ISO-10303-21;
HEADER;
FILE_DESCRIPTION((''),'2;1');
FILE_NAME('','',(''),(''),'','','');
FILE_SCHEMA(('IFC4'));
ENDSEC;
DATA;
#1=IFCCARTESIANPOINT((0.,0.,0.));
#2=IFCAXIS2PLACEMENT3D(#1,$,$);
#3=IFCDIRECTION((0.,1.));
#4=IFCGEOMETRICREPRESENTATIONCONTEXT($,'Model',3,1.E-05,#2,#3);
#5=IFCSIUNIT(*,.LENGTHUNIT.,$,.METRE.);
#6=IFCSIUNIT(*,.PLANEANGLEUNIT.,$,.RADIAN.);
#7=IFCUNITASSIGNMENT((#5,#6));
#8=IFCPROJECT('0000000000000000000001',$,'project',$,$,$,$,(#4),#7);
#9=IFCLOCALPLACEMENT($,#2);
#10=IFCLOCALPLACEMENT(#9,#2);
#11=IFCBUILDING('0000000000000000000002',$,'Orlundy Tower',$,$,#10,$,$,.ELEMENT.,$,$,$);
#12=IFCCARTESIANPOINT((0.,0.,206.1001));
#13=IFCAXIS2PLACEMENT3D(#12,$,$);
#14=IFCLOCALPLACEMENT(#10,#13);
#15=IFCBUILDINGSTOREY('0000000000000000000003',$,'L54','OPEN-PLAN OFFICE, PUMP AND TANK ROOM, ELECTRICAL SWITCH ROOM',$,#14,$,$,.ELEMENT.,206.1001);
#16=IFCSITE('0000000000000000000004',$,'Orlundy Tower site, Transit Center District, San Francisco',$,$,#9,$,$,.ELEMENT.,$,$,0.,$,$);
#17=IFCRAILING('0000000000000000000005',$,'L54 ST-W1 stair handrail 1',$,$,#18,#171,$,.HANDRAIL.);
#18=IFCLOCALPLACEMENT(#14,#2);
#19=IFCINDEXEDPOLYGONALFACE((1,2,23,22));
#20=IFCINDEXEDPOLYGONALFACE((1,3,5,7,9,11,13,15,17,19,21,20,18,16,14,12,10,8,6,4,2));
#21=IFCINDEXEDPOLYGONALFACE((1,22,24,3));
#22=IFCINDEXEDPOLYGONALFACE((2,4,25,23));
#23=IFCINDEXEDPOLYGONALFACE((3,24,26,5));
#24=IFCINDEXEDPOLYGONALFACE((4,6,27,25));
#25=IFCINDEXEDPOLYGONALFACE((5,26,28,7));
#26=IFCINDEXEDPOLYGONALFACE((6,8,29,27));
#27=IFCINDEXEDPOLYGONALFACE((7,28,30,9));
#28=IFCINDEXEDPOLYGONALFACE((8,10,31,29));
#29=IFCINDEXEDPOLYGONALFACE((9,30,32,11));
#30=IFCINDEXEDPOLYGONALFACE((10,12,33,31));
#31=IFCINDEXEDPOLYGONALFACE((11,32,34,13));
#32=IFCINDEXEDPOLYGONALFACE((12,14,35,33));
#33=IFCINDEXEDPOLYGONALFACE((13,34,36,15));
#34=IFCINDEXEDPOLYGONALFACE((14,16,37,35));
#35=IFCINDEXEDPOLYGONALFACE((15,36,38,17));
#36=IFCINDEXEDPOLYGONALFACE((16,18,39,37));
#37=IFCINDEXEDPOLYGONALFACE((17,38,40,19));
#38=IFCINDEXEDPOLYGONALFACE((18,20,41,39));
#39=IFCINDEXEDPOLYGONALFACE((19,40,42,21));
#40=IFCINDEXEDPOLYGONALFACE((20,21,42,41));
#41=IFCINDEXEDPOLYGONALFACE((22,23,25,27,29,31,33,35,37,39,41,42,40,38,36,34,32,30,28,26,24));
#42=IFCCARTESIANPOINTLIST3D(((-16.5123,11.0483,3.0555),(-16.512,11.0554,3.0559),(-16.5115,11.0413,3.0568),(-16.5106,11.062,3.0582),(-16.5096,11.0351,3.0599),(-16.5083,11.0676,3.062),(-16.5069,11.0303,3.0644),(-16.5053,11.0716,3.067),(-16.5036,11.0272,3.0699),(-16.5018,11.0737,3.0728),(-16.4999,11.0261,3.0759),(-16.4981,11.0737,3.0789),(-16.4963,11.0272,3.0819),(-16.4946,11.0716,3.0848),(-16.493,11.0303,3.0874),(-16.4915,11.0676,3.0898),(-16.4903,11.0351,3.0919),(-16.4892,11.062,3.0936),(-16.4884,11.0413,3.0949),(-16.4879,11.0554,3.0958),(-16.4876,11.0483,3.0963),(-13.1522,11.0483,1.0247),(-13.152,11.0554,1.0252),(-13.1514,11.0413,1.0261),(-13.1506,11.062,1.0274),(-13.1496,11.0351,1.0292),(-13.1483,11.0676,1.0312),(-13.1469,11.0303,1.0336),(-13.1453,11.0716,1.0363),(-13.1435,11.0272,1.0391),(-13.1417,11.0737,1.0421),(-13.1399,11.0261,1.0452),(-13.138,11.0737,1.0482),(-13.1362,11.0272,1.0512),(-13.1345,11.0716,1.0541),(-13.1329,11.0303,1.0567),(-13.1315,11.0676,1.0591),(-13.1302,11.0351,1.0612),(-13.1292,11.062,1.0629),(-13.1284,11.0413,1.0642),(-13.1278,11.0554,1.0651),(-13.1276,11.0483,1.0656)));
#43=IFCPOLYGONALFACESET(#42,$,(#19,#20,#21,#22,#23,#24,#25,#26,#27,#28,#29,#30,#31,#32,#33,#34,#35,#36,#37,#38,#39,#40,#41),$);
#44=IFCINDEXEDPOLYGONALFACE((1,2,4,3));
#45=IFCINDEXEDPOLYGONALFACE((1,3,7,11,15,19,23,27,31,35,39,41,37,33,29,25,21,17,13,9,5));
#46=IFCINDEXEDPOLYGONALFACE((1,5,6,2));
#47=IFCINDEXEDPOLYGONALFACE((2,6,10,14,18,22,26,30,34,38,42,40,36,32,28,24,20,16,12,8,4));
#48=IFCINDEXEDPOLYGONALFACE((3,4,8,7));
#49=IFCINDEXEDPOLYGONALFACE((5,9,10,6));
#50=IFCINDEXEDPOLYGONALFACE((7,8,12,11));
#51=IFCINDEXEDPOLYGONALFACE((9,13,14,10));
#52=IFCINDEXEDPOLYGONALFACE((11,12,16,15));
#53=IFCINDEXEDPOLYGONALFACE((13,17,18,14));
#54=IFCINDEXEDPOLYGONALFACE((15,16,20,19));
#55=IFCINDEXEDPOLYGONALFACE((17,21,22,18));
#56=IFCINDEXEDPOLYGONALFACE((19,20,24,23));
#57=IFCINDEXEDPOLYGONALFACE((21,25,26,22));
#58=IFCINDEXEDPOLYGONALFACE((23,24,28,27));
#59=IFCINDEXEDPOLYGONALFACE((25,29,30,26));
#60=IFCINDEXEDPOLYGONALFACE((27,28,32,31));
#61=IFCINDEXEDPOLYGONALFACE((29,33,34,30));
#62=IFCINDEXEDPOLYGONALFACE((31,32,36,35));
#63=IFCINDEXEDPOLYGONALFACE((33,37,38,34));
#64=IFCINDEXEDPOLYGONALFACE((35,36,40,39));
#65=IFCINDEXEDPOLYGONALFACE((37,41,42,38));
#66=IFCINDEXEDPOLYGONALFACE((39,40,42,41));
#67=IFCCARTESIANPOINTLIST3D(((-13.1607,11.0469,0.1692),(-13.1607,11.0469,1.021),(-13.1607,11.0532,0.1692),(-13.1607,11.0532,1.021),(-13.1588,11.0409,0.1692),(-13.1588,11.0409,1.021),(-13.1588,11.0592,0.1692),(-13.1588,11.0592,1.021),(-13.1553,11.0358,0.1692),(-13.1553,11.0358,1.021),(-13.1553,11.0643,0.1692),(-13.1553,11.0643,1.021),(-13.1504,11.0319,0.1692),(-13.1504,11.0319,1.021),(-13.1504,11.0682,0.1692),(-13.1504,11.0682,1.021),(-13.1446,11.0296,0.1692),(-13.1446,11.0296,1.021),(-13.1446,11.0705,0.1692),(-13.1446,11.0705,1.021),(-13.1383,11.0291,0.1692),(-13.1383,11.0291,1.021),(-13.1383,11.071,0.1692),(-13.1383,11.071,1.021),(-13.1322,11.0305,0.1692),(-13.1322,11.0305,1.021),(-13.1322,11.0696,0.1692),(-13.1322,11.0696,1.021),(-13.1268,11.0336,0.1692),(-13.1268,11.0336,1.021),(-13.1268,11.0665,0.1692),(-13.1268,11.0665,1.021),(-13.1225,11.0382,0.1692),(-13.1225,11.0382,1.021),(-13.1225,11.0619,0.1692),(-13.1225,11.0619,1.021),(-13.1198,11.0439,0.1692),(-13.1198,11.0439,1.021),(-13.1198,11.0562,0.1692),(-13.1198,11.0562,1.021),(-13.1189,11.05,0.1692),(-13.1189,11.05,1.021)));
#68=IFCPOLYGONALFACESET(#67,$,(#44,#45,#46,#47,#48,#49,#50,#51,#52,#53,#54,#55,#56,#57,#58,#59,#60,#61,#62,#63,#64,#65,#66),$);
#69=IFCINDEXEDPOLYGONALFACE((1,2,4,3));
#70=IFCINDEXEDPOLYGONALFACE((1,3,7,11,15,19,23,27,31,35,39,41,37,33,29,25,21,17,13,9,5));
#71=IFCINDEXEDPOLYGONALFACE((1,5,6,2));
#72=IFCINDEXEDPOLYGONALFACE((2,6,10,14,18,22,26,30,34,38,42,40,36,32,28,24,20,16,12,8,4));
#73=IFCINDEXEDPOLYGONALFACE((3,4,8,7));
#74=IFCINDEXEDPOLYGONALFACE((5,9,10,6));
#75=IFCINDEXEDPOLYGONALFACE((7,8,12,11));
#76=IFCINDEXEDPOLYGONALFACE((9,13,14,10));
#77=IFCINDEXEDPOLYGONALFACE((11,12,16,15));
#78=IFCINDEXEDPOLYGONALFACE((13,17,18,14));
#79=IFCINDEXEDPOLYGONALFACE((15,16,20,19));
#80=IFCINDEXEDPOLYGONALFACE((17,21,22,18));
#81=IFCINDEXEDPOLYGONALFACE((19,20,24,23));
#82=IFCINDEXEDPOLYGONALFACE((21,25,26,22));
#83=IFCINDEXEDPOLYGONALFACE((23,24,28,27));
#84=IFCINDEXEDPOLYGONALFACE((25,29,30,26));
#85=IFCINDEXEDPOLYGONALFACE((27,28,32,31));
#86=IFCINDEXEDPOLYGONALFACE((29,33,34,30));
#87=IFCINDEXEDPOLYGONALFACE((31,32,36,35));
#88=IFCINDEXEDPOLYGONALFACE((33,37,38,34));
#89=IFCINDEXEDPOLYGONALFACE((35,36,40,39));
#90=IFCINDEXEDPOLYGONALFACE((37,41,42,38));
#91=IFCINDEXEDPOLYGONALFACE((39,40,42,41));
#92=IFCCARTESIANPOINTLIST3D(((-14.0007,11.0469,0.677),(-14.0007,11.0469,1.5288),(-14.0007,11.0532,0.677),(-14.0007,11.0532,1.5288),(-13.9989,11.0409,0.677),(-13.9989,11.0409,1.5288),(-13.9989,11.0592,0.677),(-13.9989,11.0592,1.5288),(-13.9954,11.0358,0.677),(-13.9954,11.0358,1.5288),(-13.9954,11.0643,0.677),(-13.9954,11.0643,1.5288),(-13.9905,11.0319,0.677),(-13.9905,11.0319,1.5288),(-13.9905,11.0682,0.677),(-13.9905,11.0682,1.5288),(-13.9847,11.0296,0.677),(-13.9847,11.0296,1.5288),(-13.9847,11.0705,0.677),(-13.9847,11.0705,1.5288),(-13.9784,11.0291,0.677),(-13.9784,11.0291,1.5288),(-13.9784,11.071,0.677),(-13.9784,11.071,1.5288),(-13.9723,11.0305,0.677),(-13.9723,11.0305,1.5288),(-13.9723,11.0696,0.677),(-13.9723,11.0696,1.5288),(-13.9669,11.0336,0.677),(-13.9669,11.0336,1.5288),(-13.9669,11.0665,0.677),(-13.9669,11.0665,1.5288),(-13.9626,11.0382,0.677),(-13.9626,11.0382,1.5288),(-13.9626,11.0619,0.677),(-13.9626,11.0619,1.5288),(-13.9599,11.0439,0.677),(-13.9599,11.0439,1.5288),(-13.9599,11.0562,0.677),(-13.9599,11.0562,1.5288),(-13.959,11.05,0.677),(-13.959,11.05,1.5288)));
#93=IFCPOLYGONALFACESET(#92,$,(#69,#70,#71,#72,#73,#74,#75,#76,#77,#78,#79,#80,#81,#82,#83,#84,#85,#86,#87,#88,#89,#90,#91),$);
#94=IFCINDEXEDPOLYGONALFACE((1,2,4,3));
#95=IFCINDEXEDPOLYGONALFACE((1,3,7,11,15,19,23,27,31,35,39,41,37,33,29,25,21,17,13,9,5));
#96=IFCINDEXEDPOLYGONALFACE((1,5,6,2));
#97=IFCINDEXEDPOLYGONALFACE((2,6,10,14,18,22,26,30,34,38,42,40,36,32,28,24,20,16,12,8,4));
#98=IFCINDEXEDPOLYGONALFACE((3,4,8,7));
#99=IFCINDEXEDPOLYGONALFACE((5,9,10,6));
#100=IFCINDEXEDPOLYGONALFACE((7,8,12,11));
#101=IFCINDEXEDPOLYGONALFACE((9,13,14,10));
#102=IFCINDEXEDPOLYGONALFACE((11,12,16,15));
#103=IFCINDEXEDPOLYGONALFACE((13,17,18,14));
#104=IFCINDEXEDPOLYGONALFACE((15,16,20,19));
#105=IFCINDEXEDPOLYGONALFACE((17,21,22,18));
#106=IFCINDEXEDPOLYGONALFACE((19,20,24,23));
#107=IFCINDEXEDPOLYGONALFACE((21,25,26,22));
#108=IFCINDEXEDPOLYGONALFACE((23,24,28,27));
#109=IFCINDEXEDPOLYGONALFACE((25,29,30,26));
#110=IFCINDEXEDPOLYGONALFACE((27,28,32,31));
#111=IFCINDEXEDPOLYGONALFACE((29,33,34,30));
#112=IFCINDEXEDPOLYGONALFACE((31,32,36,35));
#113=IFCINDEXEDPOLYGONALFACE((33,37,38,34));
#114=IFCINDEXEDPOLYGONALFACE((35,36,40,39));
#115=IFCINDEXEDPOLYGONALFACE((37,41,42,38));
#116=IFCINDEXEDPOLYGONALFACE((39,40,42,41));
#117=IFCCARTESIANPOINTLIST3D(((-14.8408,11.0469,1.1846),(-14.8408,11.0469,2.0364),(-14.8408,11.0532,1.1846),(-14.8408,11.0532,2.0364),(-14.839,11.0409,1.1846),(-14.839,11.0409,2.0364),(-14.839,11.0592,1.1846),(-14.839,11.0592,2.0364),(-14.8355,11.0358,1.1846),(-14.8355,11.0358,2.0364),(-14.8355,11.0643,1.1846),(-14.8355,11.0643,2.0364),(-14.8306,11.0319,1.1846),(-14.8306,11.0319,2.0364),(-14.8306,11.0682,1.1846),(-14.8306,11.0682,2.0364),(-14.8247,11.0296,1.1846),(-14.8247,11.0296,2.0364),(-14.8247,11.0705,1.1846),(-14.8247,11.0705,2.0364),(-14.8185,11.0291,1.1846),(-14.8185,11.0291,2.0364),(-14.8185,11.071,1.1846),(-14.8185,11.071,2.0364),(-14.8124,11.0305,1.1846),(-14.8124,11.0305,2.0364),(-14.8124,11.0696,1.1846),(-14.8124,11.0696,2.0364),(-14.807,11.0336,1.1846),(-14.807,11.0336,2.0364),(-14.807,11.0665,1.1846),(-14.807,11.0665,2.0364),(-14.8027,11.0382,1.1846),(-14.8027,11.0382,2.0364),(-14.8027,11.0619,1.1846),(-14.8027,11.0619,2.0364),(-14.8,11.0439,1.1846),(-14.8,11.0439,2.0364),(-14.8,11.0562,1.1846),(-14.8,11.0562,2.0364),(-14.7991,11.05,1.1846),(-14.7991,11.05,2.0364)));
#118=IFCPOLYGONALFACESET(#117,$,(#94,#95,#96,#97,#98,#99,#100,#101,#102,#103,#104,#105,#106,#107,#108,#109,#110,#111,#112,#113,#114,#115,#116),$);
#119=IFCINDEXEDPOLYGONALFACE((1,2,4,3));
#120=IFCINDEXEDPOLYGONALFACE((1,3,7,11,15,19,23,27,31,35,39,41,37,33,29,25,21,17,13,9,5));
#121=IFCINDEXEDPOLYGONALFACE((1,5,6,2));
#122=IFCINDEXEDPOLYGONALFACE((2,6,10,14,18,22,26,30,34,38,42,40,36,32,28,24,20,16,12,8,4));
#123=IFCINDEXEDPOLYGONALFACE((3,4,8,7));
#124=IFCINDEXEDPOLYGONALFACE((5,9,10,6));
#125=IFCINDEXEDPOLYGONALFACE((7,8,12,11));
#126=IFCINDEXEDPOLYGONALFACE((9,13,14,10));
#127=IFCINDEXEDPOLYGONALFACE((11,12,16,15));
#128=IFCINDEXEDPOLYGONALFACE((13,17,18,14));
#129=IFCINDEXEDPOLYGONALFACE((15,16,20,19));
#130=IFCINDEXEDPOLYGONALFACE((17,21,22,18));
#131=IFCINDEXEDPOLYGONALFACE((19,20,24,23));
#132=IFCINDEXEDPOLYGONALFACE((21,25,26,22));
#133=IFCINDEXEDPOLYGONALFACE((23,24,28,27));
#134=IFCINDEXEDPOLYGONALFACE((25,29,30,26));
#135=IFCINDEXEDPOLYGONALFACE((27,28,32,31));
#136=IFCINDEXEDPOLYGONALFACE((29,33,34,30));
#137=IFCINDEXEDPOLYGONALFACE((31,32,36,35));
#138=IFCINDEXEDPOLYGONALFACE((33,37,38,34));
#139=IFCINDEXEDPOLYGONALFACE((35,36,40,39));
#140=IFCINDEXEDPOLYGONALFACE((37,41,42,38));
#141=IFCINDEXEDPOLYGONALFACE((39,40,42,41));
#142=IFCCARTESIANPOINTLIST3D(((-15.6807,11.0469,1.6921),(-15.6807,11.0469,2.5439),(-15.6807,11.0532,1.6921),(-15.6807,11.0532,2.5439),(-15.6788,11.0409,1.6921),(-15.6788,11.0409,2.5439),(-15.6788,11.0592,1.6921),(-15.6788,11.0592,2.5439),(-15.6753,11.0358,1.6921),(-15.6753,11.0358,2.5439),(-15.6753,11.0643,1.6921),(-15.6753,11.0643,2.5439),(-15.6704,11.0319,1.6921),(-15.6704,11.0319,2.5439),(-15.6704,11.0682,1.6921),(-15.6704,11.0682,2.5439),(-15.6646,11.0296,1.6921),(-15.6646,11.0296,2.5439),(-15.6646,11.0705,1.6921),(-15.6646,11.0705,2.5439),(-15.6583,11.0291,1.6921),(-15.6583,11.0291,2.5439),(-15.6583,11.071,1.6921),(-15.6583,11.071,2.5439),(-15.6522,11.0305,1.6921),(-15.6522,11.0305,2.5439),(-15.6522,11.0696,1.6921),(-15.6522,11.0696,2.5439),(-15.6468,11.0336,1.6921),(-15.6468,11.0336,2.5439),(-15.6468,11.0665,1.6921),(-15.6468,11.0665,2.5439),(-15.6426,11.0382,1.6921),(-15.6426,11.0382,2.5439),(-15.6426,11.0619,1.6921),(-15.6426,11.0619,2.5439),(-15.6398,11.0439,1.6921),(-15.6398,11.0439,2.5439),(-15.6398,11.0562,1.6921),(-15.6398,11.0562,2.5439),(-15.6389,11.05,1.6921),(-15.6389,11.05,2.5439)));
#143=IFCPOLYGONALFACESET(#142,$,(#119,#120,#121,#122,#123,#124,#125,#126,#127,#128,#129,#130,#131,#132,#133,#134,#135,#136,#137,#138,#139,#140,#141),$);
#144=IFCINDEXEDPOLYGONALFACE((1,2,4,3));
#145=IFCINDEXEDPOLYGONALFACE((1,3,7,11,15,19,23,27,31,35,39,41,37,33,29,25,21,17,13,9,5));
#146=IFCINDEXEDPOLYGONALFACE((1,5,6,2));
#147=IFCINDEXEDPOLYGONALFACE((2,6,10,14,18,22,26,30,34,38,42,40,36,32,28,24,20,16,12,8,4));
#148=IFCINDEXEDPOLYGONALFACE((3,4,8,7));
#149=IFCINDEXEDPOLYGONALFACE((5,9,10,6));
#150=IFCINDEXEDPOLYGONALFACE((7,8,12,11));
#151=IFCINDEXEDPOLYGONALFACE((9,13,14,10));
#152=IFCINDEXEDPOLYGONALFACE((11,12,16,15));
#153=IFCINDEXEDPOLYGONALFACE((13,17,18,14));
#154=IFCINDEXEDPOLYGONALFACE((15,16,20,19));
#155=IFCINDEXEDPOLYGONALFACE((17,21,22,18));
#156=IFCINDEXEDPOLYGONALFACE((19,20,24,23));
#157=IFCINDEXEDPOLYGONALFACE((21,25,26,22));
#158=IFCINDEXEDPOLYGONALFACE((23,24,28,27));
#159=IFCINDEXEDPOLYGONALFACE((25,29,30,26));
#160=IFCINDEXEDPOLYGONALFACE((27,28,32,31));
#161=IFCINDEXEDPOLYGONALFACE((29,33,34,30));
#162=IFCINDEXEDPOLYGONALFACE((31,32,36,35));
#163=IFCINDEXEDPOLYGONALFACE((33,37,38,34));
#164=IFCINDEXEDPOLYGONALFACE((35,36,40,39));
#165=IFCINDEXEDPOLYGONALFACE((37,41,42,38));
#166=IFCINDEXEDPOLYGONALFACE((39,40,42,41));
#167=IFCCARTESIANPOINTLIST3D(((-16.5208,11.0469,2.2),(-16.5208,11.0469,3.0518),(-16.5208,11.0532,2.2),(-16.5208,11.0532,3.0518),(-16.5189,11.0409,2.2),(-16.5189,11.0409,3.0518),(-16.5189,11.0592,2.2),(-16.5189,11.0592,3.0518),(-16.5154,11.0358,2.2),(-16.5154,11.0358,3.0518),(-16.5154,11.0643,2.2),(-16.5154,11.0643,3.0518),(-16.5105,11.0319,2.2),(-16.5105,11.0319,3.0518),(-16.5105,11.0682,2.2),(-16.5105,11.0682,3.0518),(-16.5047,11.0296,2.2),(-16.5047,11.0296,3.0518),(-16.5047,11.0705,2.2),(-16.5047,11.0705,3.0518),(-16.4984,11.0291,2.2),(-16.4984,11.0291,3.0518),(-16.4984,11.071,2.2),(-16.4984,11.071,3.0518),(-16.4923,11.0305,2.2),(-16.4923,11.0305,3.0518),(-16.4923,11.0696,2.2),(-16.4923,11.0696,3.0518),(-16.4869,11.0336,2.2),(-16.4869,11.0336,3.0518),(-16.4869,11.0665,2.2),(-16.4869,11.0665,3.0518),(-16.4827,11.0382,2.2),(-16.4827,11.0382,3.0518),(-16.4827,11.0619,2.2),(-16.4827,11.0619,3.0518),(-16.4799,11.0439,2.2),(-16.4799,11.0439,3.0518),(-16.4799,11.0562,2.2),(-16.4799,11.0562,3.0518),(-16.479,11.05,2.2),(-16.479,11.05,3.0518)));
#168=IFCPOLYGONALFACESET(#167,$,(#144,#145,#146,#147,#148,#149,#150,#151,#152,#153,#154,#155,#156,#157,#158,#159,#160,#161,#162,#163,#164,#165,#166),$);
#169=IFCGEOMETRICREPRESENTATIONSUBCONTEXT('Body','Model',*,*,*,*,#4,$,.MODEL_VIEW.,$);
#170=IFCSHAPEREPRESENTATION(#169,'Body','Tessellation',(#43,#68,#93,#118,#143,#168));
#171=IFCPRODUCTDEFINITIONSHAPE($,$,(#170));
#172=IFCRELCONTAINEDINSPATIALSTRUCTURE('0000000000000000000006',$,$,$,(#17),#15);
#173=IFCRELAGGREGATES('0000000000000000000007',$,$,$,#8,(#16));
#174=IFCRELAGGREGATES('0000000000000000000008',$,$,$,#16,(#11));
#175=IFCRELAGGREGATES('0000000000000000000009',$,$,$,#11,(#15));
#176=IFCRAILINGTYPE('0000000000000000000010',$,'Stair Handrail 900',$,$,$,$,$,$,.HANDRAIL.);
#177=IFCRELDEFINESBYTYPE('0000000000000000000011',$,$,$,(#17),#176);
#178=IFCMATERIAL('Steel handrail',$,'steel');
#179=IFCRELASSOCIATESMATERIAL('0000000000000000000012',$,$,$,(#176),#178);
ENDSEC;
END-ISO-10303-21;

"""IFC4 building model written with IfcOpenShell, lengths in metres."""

from ifc_helpers import new_model, si_unit, direction, frame, origin, origin_2d, place, context, subcontext, project, spatial, circle, extrude, material, type_object, element, save


model = new_model("IFC4")

# Units and contexts
model_context = context("Model", 3, precision=1e-05, world=origin(), true_north=direction((0.0, 1.0)))
body_context = subcontext(model_context, "Body", "Model", "MODEL_VIEW")
ifc_project = project(units=[si_unit("LENGTHUNIT", "METRE"), si_unit("PLANEANGLEUNIT", "RADIAN")], contexts=[model_context])

# Site, building, storey
site_placement = place(None, origin())
site = spatial("IfcSite", under=ifc_project, at=site_placement, Name="Orlundy Tower site, Transit Center District, San Francisco", CompositionType="ELEMENT", RefElevation=0.0)
building_placement = place(site_placement, origin())
building = spatial("IfcBuilding", under=site, at=building_placement, Name="Orlundy Tower", CompositionType="ELEMENT")
storey_placement = place(building_placement, frame((0.0, 0.0, 206.1001)))
storey = spatial("IfcBuildingStorey", under=building, at=storey_placement, Name="L54", Description="OPEN-PLAN OFFICE, PUMP AND TANK ROOM, ELECTRICAL SWITCH ROOM", CompositionType="ELEMENT", Elevation=206.1001)

# Railing
ifc_material_1 = material(Name="Steel handrail", Category="steel")
railing_type_1 = type_object("IfcRailingType", Name="Stair Handrail 900", PredefinedType="HANDRAIL", material=ifc_material_1)
railing_1_placement = place(storey_placement, frame((-13.1399, 11.05, 0.1692)))
element("IfcRailing", 1, at=railing_1_placement, inside=storey, type_object=railing_type_1, Name="L54 ST-W1 stair handrail 1", PredefinedType="HANDRAIL", context=body_context, shape_type="SweptSolid", body=[
    extrude(circle(Radius=0.0239, at=origin_2d()), frame((0.0, 0.0, 0.876), z_axis=(-0.855837, 0.0, 0.517246), x_axis=(0.0, -1.0, 0.0)), (0.0, 0.0, 1.0), 3.926),
    extrude(circle(Radius=0.021, at=origin_2d()), origin(), (0.0, 0.0, 1.0), 0.8518),
    extrude(circle(Radius=0.021, at=origin_2d()), frame((-0.8401, 0.0, 0.5078)), (0.0, 0.0, 1.0), 0.8518),
    extrude(circle(Radius=0.021, at=origin_2d()), frame((-1.6802, 0.0, 1.0154)), (0.0, 0.0, 1.0), 0.8518),
    extrude(circle(Radius=0.021, at=origin_2d()), frame((-2.52, 0.0, 1.5229)), (0.0, 0.0, 1.0), 0.8518),
    extrude(circle(Radius=0.021, at=origin_2d()), frame((-3.3601, 0.0, 2.0308)), (0.0, 0.0, 1.0), 0.8518),
])

save(model, "model.ifc")
